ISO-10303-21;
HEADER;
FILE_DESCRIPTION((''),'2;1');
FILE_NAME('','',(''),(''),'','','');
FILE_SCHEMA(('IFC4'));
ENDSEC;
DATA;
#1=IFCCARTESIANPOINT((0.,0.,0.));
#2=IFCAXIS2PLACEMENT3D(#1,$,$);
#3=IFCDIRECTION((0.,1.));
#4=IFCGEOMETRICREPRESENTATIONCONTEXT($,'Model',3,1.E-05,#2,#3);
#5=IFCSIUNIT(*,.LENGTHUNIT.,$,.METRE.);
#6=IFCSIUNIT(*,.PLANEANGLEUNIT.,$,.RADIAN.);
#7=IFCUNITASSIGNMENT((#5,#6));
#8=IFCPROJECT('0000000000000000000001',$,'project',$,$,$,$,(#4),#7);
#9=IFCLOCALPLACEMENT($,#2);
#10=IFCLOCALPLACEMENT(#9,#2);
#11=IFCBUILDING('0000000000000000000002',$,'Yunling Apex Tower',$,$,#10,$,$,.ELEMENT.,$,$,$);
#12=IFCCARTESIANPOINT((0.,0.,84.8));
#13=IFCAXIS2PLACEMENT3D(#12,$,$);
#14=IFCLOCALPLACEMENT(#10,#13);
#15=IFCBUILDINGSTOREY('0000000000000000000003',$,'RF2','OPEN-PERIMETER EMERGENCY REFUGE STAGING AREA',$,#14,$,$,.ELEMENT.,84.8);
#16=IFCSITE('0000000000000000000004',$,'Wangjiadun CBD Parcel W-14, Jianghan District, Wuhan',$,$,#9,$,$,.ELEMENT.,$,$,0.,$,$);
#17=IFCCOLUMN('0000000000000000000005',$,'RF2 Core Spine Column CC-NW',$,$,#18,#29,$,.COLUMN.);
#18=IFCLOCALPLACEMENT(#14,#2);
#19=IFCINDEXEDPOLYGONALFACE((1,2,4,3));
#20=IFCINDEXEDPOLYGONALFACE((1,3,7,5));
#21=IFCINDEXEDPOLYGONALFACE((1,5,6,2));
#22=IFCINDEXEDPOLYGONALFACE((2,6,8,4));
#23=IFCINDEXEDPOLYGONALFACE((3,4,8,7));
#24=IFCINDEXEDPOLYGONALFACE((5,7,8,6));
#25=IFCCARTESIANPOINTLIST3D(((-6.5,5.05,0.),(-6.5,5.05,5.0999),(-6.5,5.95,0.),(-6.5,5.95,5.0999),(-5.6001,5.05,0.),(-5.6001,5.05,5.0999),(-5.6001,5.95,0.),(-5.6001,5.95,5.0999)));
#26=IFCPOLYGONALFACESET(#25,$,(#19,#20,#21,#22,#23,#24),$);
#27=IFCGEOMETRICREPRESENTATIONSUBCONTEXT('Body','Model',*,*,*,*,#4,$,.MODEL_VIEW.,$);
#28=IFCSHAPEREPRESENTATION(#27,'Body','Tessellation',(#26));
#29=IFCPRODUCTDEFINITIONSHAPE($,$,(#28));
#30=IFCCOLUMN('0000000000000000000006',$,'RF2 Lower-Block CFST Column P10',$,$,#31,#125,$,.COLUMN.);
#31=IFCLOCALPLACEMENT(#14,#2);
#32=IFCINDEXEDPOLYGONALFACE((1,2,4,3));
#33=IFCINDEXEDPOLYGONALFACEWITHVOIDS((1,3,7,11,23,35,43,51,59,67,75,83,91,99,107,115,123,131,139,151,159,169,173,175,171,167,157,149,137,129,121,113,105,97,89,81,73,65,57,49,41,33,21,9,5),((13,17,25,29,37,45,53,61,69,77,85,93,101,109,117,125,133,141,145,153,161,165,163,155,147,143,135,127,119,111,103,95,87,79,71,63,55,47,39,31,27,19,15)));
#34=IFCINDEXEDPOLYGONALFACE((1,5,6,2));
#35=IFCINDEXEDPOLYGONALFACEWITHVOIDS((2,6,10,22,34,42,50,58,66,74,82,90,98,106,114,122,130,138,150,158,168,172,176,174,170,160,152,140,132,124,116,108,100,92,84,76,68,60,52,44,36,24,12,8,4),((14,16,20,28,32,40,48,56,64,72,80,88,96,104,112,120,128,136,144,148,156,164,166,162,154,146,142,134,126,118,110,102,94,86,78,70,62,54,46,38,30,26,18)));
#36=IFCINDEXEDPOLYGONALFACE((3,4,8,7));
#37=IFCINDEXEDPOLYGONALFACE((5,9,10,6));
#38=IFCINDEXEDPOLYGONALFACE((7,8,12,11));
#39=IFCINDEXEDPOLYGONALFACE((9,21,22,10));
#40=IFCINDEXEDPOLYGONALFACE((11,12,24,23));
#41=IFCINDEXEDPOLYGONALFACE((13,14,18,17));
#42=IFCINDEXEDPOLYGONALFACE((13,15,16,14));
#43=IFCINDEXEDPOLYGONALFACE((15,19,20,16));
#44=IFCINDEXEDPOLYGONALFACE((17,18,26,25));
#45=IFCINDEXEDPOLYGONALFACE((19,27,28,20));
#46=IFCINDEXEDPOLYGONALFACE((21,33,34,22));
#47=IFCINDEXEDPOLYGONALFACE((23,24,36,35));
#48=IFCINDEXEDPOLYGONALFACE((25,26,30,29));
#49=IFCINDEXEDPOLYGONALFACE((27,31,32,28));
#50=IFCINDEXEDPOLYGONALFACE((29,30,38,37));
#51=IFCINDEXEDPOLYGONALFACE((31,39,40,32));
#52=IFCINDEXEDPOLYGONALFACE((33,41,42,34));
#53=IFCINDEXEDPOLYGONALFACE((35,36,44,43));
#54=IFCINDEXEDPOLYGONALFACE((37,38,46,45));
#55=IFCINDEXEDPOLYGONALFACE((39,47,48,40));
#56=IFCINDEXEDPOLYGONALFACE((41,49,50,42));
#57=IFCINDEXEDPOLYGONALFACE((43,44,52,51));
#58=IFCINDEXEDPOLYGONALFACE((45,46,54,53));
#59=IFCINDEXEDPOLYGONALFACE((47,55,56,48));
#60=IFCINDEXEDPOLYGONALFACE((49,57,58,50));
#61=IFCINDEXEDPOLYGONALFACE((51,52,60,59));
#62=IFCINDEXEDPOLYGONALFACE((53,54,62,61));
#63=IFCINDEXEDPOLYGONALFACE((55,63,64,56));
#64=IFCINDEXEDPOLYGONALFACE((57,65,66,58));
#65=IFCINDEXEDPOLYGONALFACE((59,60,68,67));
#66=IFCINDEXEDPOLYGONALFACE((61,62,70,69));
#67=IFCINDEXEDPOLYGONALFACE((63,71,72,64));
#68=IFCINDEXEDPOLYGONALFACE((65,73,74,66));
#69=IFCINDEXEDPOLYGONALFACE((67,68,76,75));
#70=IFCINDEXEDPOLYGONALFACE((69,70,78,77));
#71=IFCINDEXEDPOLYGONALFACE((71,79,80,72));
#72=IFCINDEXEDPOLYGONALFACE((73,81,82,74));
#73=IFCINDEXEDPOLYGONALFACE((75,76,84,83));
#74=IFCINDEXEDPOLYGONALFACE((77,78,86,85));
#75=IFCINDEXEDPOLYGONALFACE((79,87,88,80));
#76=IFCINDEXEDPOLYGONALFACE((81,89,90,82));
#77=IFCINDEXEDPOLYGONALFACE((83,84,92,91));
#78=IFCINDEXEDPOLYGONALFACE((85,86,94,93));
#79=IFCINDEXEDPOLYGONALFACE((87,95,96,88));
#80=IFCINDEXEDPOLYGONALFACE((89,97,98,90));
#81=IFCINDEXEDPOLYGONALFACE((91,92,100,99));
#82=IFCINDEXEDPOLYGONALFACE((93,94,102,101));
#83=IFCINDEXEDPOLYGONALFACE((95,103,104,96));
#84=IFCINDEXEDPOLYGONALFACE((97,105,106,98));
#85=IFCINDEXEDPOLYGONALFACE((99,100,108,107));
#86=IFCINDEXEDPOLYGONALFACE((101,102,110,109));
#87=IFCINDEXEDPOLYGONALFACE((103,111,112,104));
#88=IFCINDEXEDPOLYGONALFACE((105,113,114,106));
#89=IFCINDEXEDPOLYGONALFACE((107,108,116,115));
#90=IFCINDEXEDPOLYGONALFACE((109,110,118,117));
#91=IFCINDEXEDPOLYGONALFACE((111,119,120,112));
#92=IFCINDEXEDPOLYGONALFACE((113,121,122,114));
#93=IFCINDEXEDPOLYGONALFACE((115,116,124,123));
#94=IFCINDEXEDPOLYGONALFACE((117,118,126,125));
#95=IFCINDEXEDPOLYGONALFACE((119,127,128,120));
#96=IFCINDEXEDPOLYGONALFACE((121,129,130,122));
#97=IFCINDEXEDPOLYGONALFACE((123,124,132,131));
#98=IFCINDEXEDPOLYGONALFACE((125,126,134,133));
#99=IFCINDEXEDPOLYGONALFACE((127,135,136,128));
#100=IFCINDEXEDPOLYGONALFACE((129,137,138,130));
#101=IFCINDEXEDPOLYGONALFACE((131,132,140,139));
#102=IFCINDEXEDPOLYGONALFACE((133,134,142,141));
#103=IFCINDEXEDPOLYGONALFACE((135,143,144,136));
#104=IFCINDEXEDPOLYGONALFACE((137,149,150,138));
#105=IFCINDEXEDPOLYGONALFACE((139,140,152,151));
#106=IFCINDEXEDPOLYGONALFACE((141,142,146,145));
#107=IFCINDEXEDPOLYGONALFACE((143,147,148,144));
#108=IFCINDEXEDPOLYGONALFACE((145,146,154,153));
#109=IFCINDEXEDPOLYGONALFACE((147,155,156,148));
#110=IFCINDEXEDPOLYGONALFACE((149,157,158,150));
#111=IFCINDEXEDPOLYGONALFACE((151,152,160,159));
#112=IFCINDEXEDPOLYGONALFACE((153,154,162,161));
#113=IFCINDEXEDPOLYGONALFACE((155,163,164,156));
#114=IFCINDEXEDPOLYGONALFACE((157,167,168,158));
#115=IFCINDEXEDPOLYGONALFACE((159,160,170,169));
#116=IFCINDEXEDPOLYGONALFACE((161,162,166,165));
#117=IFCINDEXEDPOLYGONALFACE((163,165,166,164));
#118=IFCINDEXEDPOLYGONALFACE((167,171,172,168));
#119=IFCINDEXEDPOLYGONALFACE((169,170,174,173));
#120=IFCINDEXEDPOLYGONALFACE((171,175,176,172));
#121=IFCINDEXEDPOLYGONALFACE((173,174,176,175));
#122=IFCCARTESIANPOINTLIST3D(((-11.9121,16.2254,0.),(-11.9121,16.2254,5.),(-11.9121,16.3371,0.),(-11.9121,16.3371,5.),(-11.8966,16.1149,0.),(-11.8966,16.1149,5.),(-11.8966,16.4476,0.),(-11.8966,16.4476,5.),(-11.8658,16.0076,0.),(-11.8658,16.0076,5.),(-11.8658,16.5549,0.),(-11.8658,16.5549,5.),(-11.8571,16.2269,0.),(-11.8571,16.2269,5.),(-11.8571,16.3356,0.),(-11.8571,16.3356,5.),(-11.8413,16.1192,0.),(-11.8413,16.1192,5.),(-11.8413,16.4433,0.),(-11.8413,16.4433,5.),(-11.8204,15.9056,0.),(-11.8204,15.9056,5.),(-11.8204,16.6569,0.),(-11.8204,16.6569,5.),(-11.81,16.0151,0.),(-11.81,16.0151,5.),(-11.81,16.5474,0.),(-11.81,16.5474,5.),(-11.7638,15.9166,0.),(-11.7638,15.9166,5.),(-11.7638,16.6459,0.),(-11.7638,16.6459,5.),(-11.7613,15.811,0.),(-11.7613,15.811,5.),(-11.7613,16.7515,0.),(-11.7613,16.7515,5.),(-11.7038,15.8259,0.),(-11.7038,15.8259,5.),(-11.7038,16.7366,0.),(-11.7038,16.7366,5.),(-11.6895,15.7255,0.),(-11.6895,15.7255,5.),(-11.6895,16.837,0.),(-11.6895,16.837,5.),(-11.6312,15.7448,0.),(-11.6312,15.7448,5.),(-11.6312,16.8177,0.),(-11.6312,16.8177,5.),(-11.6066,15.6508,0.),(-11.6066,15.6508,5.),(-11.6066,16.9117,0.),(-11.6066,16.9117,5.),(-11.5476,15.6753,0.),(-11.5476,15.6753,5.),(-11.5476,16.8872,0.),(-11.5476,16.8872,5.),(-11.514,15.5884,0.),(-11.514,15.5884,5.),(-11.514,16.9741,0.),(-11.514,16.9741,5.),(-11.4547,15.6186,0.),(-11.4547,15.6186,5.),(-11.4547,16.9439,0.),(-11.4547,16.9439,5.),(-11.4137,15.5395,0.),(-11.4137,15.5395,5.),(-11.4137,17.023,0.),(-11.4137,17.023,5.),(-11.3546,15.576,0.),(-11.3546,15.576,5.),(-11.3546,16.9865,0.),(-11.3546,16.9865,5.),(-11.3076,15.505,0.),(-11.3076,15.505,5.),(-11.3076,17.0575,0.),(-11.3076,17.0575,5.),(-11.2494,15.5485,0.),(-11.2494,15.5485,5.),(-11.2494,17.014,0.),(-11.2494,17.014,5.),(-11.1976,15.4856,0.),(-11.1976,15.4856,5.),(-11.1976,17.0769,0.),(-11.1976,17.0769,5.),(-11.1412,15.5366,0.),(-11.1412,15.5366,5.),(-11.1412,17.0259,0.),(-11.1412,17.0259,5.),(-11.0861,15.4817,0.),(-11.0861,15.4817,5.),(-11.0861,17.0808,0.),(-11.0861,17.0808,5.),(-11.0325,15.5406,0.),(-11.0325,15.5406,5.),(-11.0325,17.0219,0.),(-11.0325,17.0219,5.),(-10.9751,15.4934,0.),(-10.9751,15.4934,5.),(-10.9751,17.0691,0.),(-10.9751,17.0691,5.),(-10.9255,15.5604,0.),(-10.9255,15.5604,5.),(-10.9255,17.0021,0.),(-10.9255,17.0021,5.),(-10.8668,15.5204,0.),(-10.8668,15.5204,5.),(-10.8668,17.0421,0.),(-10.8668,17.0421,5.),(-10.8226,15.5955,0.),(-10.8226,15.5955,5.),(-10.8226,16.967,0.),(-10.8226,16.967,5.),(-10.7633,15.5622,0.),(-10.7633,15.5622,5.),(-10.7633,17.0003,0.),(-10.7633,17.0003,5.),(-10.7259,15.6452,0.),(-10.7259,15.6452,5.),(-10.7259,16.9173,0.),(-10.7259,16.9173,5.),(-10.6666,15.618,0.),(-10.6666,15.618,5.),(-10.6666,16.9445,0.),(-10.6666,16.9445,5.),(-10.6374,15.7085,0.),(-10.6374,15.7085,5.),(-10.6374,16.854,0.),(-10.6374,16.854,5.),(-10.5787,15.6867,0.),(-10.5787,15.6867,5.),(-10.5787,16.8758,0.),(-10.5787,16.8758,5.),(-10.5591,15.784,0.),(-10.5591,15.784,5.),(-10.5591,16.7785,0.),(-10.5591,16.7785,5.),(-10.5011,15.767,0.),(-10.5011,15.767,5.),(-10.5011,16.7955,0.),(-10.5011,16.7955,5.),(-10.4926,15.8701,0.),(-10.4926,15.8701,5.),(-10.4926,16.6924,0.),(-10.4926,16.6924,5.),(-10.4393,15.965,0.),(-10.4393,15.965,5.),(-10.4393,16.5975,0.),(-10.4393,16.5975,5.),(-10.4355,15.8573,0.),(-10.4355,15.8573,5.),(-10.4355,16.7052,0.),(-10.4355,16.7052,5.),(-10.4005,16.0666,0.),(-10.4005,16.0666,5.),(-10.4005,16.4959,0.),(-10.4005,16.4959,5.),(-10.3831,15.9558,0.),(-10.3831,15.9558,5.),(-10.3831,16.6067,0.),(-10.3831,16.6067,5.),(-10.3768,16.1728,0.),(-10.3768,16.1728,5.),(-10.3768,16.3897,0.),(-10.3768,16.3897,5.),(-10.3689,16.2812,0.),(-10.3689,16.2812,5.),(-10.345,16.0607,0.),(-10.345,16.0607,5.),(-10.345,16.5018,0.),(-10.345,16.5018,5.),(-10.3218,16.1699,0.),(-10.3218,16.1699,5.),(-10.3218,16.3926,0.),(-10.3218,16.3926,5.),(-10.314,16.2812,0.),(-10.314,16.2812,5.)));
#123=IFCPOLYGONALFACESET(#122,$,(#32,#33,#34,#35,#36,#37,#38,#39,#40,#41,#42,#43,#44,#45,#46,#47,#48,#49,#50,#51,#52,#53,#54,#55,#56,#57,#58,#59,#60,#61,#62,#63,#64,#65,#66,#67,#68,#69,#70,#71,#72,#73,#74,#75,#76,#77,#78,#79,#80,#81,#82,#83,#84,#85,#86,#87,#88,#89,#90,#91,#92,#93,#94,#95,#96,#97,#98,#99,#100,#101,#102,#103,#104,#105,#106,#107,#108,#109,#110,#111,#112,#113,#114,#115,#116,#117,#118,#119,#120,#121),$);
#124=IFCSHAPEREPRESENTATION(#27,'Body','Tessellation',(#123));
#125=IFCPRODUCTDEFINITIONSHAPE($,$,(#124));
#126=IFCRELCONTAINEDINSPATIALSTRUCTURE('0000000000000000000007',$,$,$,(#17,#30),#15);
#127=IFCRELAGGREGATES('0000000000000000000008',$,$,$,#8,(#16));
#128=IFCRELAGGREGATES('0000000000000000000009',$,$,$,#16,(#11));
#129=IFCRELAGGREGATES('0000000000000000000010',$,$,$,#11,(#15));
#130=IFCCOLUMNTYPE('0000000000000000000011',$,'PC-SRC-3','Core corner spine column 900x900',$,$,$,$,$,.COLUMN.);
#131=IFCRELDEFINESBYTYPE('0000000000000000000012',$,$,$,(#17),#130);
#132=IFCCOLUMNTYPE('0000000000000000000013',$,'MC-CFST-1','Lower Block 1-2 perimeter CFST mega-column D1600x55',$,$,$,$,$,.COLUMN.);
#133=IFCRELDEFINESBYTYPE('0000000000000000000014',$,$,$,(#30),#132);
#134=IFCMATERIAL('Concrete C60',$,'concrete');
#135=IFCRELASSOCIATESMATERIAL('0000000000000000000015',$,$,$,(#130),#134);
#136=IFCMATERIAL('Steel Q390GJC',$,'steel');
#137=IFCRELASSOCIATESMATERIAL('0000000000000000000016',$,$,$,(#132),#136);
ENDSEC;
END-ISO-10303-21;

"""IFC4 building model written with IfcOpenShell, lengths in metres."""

from ifc_helpers import new_model, si_unit, direction, frame, origin, origin_2d, place, context, subcontext, project, spatial, rectangle, hollow_circle, extrude, source, transform, mapped, material, material_profile, profile_set, type_object, element, save


model = new_model("IFC4")

# Units and contexts
model_context = context("Model", 3, precision=1e-05, world=origin(), true_north=direction((0.0, 1.0)))
body_context = subcontext(model_context, "Body", "Model", "MODEL_VIEW")
ifc_project = project(units=[si_unit("LENGTHUNIT", "METRE"), si_unit("PLANEANGLEUNIT", "RADIAN")], contexts=[model_context])

# Site, building, storey
site_placement = place(None, origin())
site = spatial("IfcSite", under=ifc_project, at=site_placement, Name="Wangjiadun CBD Parcel W-14, Jianghan District, Wuhan", CompositionType="ELEMENT", RefElevation=0.0)
building_placement = place(site_placement, origin())
building = spatial("IfcBuilding", under=site, at=building_placement, Name="Yunling Apex Tower", CompositionType="ELEMENT")
storey_placement = place(building_placement, frame((0.0, 0.0, 84.8)))
storey = spatial("IfcBuildingStorey", under=building, at=storey_placement, Name="RF2", Description="OPEN-PERIMETER EMERGENCY REFUGE STAGING AREA", CompositionType="ELEMENT", Elevation=84.8)

# Columns
ifc_material_1 = material(Name="Concrete C60", Category="concrete")
ifc_material_profile_1 = material_profile(ifc_material_1, rectangle(XDim=0.8999, YDim=0.8999, at=origin_2d()))
ifc_profile_set_1 = profile_set([ifc_material_profile_1], Name="Concrete C60")
column_type_1 = type_object("IfcColumnType", Name="PC-SRC-3", Description="Core corner spine column 900x900", PredefinedType="COLUMN", material=ifc_profile_set_1)
shared_shape_1 = source(origin(), body_context, "Body", "SweptSolid", [
    extrude(rectangle(XDim=0.8999, YDim=0.8999, at=origin_2d()), origin(), (0.0, 0.0, 1.0), 5.0999),
])
column_placement = place(storey_placement, frame((-6.05, 5.5, 0.0), z_axis=(0.0, 0.0, 1.0), x_axis=(1.0, 0.0, 0.0)))
element("IfcColumn", 1, at=column_placement, inside=storey, type_object=column_type_1, Name="RF2 Core Spine Column CC-NW", PredefinedType="COLUMN", context=body_context, shape_type="MappedRepresentation", body=[
    mapped(shared_shape_1, transform((0.0, 0.0, 0.0), scale=1.0)),
])
ifc_material_2 = material(Name="Steel Q390GJC", Category="steel")
ifc_material_profile_2 = material_profile(ifc_material_2, hollow_circle(Radius=0.8, WallThickness=0.0549, at=origin_2d()))
ifc_profile_set_2 = profile_set([ifc_material_profile_2], Name="Steel Q390GJC")
column_type_2 = type_object("IfcColumnType", Name="MC-CFST-1", Description="Lower Block 1-2 perimeter CFST mega-column D1600x55", PredefinedType="COLUMN", material=ifc_profile_set_2)
shared_shape_2 = source(origin(), body_context, "Body", "SweptSolid", [
    extrude(hollow_circle(Radius=0.8, WallThickness=0.0549, at=origin_2d()), origin(), (0.0, 0.0, 1.0), 5.0),
])
for number, where, z_axis, x_axis, name in (
    (2, (-11.114, 16.2812, 0.0), (0.0, 0.0, 1.0), (1.0, 0.0, 0.0), "RF2 Lower-Block CFST Column P10"),
):
    element("IfcColumn", number, at=place(storey_placement, frame(where, z_axis=z_axis, x_axis=x_axis)), inside=storey, type_object=column_type_2, Name=name, PredefinedType="COLUMN", context=body_context, shape_type="MappedRepresentation", body=[
        mapped(shared_shape_2, transform((0.0, 0.0, 0.0), scale=1.0)),
    ])

save(model, "model.ifc")
